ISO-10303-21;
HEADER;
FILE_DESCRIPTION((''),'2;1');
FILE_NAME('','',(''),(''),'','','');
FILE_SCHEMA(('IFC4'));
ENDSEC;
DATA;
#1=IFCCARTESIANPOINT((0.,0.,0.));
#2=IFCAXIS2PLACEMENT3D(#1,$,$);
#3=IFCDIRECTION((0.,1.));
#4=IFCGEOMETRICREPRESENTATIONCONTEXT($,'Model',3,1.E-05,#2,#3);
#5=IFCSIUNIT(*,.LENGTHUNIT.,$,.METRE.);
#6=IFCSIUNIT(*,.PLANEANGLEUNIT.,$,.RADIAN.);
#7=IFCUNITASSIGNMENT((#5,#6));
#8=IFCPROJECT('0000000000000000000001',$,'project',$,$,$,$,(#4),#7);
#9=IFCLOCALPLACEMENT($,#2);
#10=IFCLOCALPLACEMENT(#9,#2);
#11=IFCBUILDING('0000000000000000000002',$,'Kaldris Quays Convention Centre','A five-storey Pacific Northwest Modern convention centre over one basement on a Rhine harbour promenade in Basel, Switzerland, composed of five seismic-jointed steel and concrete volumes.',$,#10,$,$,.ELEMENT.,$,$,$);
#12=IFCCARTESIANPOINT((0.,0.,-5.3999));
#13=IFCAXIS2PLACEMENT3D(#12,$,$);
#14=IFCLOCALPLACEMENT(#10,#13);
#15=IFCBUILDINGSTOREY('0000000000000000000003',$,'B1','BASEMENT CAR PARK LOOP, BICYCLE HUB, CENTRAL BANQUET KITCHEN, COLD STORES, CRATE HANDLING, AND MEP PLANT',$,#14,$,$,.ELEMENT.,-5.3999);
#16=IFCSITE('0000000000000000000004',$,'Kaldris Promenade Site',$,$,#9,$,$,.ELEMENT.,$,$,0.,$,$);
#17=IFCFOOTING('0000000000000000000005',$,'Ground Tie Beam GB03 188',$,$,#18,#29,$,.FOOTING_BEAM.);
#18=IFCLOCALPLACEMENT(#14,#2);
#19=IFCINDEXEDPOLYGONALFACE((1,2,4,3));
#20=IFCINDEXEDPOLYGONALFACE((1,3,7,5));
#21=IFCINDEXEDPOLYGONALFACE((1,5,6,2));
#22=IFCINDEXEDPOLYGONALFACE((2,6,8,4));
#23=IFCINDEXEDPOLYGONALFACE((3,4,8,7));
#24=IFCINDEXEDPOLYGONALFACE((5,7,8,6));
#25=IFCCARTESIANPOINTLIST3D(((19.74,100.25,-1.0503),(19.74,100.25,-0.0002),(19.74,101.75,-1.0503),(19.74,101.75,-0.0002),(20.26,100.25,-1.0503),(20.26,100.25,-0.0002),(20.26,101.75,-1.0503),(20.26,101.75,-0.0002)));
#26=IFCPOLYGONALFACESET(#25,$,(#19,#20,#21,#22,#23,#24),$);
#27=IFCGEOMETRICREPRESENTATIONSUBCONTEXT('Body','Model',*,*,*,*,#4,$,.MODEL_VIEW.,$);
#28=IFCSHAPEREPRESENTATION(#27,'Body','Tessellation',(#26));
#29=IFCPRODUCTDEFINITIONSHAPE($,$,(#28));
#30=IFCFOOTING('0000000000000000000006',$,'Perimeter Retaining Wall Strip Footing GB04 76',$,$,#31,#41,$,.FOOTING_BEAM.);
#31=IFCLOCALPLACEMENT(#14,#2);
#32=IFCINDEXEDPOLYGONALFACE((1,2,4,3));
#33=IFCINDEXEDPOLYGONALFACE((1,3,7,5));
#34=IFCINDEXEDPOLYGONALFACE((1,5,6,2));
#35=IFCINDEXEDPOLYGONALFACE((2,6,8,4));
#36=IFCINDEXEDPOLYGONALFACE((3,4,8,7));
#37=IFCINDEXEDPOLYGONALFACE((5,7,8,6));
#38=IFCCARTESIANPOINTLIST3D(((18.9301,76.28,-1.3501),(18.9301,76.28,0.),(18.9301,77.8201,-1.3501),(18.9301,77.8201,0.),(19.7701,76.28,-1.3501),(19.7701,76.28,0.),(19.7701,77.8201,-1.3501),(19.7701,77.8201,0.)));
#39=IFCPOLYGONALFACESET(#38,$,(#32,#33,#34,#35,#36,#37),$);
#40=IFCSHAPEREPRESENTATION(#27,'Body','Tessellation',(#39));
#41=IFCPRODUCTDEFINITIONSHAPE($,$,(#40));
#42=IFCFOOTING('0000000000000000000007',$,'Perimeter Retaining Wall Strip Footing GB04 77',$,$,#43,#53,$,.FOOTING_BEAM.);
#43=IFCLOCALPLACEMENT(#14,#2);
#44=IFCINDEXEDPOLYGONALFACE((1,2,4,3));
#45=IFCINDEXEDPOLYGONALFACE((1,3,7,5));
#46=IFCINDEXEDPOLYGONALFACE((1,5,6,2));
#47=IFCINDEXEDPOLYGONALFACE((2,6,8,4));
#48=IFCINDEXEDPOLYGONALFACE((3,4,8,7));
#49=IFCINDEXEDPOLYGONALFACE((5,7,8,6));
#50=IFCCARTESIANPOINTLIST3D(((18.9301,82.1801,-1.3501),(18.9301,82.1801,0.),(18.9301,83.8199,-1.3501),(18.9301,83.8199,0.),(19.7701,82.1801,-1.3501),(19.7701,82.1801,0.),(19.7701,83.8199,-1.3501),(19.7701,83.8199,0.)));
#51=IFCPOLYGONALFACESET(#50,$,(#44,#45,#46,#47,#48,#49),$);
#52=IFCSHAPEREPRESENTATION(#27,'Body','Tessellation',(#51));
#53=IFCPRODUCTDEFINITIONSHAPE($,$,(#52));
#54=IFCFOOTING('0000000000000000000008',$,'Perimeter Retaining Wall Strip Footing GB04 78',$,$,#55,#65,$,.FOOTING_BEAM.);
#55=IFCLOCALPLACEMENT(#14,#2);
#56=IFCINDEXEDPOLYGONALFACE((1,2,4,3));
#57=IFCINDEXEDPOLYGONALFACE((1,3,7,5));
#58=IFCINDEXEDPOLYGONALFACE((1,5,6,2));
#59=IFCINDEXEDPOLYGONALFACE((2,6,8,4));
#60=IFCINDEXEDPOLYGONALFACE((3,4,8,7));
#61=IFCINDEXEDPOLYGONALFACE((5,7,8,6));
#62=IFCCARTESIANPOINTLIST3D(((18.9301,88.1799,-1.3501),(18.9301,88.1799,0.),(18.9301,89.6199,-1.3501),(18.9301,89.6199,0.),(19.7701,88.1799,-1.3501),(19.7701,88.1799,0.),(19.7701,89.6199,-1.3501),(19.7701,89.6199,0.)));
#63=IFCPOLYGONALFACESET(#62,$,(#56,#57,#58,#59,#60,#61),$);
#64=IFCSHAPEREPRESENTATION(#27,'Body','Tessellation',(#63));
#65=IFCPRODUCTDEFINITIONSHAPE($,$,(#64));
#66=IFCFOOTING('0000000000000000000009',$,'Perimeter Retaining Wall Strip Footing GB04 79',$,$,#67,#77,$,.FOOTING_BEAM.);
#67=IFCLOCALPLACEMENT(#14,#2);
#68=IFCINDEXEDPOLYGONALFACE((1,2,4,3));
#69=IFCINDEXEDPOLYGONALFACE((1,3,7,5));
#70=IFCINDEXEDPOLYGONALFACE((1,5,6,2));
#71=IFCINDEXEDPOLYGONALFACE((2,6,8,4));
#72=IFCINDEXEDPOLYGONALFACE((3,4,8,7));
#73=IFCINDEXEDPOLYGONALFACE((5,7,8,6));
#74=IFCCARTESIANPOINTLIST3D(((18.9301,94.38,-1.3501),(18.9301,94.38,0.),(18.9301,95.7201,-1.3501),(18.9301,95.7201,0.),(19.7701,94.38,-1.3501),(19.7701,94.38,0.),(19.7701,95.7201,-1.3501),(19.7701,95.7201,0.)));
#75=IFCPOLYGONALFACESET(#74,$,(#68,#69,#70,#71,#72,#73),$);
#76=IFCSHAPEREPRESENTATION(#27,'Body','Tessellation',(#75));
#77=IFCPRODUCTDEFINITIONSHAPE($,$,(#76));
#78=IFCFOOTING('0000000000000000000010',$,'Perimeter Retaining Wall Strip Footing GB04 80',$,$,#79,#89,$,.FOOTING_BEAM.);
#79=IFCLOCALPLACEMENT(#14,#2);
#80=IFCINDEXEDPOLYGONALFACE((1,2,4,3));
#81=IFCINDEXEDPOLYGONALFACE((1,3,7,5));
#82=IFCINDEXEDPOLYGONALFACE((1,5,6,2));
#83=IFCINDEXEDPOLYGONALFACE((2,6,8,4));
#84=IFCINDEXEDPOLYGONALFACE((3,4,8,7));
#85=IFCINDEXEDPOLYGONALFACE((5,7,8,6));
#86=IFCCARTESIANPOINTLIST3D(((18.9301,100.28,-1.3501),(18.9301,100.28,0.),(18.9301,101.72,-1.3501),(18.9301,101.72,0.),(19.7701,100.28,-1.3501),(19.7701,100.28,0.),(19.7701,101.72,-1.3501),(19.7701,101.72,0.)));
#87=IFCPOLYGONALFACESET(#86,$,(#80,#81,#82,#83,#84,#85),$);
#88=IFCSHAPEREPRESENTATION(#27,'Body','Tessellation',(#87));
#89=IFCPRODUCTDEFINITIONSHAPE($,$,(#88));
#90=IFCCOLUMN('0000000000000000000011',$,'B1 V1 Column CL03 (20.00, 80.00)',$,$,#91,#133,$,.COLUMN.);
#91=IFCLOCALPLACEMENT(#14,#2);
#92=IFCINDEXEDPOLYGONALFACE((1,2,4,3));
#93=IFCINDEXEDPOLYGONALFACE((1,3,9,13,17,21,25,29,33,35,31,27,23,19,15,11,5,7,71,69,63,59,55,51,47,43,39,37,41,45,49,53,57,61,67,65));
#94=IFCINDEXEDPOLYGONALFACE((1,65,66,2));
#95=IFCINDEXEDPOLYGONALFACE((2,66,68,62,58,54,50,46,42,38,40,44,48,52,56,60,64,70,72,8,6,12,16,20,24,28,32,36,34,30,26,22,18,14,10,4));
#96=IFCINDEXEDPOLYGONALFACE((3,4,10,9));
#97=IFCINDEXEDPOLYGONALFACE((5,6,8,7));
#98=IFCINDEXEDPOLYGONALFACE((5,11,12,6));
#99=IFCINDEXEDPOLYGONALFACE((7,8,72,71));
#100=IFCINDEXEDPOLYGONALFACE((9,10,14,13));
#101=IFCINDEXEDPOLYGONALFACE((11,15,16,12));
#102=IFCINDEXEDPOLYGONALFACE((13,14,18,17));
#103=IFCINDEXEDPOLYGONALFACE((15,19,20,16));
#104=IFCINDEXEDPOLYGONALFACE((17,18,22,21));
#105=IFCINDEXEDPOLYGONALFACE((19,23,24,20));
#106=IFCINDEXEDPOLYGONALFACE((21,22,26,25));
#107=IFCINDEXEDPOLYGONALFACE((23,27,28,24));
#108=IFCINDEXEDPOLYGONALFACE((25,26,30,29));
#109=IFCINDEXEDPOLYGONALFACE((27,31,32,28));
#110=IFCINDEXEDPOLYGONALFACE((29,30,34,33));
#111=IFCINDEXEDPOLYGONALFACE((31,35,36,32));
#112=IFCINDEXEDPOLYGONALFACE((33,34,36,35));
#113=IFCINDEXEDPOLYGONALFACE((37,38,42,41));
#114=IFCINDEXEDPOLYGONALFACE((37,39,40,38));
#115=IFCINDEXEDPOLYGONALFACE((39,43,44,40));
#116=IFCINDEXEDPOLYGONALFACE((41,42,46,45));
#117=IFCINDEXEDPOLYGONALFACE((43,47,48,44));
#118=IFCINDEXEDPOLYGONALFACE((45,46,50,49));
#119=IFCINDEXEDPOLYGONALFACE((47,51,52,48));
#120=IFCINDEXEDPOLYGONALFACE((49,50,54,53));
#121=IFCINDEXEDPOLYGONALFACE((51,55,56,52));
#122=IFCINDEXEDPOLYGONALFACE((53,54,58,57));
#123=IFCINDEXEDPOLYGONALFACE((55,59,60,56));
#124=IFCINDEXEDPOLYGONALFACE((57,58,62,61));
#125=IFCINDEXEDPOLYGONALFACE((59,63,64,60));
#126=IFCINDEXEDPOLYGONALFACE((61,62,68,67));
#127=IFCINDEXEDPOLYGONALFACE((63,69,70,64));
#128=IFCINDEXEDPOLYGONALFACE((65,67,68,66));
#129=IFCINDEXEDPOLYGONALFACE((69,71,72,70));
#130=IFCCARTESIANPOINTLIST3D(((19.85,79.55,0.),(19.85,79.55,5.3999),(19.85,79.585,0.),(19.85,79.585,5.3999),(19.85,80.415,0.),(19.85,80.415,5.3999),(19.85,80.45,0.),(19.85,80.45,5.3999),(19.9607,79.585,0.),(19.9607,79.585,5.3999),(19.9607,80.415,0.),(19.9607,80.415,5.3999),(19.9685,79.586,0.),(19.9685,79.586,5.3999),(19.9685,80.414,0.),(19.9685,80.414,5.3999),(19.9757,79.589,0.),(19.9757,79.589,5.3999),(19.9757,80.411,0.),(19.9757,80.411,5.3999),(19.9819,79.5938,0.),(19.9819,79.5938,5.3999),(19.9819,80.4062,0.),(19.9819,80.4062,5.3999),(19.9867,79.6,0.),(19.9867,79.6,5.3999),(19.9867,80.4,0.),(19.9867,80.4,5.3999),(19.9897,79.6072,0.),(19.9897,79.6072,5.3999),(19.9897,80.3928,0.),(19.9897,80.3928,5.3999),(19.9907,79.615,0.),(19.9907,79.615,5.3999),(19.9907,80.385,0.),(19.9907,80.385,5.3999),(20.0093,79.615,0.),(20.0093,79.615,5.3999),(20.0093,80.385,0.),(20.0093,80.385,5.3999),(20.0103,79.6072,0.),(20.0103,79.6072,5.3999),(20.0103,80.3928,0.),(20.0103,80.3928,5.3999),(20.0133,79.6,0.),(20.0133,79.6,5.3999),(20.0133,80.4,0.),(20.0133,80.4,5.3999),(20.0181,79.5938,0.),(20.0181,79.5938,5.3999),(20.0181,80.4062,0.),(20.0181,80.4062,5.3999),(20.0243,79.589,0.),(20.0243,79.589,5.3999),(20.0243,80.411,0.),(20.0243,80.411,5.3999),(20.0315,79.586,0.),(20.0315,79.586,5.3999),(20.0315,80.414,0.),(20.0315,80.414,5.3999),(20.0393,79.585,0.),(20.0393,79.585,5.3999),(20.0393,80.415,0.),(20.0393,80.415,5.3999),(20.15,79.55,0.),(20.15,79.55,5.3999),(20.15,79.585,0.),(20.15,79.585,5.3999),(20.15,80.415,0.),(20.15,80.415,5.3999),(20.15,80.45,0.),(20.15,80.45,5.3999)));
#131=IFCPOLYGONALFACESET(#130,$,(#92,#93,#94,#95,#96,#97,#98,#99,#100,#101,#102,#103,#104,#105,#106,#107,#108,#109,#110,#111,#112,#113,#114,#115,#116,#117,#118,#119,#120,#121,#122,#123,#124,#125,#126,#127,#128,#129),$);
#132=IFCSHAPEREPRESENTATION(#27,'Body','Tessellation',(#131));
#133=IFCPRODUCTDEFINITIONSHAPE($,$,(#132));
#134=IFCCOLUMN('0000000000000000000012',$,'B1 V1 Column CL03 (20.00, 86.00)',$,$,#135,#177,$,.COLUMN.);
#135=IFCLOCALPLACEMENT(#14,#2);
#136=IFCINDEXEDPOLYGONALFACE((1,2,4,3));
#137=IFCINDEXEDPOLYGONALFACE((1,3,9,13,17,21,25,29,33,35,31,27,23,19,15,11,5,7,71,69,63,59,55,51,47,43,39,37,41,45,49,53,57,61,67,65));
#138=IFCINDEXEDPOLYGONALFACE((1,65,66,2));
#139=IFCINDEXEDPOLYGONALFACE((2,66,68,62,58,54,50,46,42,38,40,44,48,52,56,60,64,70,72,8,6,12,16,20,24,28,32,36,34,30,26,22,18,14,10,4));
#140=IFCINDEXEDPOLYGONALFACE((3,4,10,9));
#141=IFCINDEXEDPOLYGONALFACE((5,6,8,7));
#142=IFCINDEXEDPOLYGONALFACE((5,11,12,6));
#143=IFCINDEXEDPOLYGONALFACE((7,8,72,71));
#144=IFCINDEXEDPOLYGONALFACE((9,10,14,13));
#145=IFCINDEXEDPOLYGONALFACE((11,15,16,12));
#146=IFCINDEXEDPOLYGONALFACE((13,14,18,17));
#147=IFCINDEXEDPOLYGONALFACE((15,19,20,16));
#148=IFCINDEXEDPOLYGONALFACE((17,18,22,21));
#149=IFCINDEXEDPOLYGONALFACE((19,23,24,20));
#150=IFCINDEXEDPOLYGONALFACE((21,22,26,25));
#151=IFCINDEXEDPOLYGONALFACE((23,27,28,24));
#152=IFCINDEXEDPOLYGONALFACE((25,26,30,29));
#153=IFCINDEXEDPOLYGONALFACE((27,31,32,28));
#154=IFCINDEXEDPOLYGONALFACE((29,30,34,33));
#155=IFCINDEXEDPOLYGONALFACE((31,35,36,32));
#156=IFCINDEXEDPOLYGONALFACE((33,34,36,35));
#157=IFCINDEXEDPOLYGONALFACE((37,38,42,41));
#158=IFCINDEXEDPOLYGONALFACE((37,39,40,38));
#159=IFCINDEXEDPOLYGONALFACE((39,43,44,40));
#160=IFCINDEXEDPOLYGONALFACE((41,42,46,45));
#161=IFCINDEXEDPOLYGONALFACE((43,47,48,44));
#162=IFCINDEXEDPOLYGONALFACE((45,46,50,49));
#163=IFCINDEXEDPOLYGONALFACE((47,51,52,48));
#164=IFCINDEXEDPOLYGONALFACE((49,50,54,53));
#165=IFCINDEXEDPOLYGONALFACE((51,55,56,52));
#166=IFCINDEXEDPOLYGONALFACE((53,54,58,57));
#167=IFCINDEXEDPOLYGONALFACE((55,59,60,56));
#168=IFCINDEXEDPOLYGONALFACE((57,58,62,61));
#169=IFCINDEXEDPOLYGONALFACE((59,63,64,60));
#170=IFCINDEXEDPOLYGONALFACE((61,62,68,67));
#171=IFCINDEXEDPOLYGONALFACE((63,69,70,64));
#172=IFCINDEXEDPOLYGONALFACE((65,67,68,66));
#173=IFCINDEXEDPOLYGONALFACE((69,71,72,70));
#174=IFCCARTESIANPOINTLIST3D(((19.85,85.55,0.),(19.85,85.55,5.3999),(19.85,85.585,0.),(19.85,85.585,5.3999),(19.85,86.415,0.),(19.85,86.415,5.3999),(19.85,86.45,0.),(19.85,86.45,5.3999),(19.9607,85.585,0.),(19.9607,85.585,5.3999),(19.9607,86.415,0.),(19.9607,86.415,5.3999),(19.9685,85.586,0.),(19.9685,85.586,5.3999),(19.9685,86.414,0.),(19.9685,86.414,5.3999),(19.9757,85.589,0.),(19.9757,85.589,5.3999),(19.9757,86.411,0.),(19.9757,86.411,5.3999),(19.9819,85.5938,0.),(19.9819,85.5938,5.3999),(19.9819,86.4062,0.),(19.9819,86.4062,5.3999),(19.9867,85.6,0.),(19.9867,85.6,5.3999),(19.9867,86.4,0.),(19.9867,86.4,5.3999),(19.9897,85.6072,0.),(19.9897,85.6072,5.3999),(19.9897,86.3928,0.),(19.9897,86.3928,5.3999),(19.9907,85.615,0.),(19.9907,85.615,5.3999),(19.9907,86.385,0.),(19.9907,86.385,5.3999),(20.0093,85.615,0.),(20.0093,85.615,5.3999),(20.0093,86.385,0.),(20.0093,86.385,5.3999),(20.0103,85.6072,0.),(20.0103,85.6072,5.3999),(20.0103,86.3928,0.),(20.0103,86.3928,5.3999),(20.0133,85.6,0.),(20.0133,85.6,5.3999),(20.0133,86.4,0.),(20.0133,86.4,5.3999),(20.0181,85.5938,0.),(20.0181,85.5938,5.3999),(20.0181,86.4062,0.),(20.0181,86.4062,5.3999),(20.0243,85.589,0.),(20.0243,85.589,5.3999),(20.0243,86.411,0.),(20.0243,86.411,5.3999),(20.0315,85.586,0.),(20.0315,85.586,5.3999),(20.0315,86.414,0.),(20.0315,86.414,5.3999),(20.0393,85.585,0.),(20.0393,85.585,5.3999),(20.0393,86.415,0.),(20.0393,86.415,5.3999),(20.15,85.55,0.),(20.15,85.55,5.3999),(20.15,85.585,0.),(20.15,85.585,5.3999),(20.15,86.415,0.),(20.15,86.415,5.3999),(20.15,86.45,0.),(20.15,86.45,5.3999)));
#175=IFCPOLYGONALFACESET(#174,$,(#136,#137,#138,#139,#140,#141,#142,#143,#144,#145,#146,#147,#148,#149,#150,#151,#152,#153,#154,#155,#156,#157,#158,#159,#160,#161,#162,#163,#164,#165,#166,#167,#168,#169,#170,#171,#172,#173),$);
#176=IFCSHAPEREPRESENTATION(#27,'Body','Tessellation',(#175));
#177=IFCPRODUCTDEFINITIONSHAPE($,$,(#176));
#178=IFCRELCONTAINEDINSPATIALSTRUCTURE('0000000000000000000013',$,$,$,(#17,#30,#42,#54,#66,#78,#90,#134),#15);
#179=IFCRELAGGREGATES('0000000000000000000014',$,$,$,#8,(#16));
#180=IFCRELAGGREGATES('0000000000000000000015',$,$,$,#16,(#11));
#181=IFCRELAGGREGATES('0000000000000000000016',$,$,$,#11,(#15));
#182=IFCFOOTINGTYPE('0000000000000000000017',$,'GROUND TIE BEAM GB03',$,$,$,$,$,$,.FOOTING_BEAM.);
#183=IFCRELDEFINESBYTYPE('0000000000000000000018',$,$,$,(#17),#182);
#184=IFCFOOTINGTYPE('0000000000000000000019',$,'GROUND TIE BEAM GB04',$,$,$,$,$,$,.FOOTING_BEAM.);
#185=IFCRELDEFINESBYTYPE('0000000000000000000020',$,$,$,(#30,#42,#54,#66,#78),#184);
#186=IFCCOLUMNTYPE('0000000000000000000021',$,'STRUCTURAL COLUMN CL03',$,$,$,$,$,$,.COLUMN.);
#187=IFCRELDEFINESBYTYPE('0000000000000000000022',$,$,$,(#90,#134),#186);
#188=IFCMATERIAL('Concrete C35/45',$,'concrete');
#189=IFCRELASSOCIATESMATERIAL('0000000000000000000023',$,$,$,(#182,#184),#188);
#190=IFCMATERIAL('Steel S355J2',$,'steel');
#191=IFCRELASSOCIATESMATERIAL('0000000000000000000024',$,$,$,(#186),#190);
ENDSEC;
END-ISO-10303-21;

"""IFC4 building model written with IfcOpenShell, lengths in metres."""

from ifc_helpers import new_model, si_unit, direction, frame, origin, origin_2d, place, context, subcontext, project, spatial, rectangle, i_section, extrude, material, material_profile, profile_set, type_object, element, save


model = new_model("IFC4")

# Units and contexts
model_context = context("Model", 3, precision=1e-05, world=origin(), true_north=direction((0.0, 1.0)))
body_context = subcontext(model_context, "Body", "Model", "MODEL_VIEW")
ifc_project = project(units=[si_unit("LENGTHUNIT", "METRE"), si_unit("PLANEANGLEUNIT", "RADIAN")], contexts=[model_context])

# Site, building, storey
site_placement = place(None, origin())
site = spatial("IfcSite", under=ifc_project, at=site_placement, Name="Kaldris Promenade Site", CompositionType="ELEMENT", RefElevation=0.0)
building_placement = place(site_placement, origin())
building = spatial("IfcBuilding", under=site, at=building_placement, Name="Kaldris Quays Convention Centre", Description="A five-storey Pacific Northwest Modern convention centre over one basement on a Rhine harbour promenade in Basel, Switzerland, composed of five seismic-jointed steel and concrete volumes.", CompositionType="ELEMENT")
storey_placement = place(building_placement, frame((0.0, 0.0, -5.3999)))
storey = spatial("IfcBuildingStorey", under=building, at=storey_placement, Name="B1", Description="BASEMENT CAR PARK LOOP, BICYCLE HUB, CENTRAL BANQUET KITCHEN, COLD STORES, CRATE HANDLING, AND MEP PLANT", CompositionType="ELEMENT", Elevation=-5.3999)

# Shared definitions
ifc_material_1 = material(Name="Concrete C35/45", Category="concrete")

# Footings
footing_type_1 = type_object("IfcFootingType", Name="GROUND TIE BEAM GB03", PredefinedType="FOOTING_BEAM", material=ifc_material_1)
footing_1_placement = place(storey_placement, frame((20.0, 101.0, -1.0503), z_axis=(0.0, 0.0, 1.0), x_axis=(1.0, 0.0, 0.0)))
element("IfcFooting", 1, at=footing_1_placement, inside=storey, type_object=footing_type_1, Name="Ground Tie Beam GB03 188", PredefinedType="FOOTING_BEAM", context=body_context, shape_type="SweptSolid", body=[
    extrude(rectangle(XDim=0.52, YDim=1.5, at=origin_2d()), origin(), (0.0, 0.0, 1.0), 1.05),
])
footing_type_2 = type_object("IfcFootingType", Name="GROUND TIE BEAM GB04", PredefinedType="FOOTING_BEAM", material=ifc_material_1)
footing_2_placement = place(storey_placement, frame((19.3501, 77.05, -1.3501), z_axis=(0.0, 0.0, 1.0), x_axis=(1.0, 0.0, 0.0)))
element("IfcFooting", 2, at=footing_2_placement, inside=storey, type_object=footing_type_2, Name="Perimeter Retaining Wall Strip Footing GB04 76", PredefinedType="FOOTING_BEAM", context=body_context, shape_type="SweptSolid", body=[
    extrude(rectangle(XDim=0.8401, YDim=1.54, at=origin_2d()), origin(), (0.0, 0.0, 1.0), 1.3501),
])
footing_3_placement = place(storey_placement, frame((19.3501, 83.0, -1.3501), z_axis=(0.0, 0.0, 1.0), x_axis=(1.0, 0.0, 0.0)))
element("IfcFooting", 3, at=footing_3_placement, inside=storey, type_object=footing_type_2, Name="Perimeter Retaining Wall Strip Footing GB04 77", PredefinedType="FOOTING_BEAM", context=body_context, shape_type="SweptSolid", body=[
    extrude(rectangle(XDim=0.8401, YDim=1.6399, at=origin_2d()), origin(), (0.0, 0.0, 1.0), 1.3501),
])
footing_4_placement = place(storey_placement, frame((19.3501, 88.8999, -1.3501), z_axis=(0.0, 0.0, 1.0), x_axis=(1.0, 0.0, 0.0)))
element("IfcFooting", 4, at=footing_4_placement, inside=storey, type_object=footing_type_2, Name="Perimeter Retaining Wall Strip Footing GB04 78", PredefinedType="FOOTING_BEAM", context=body_context, shape_type="SweptSolid", body=[
    extrude(rectangle(XDim=0.8401, YDim=1.4399, at=origin_2d()), origin(), (0.0, 0.0, 1.0), 1.3501),
])
footing_5_placement = place(storey_placement, frame((19.3501, 95.05, -1.3501), z_axis=(0.0, 0.0, 1.0), x_axis=(1.0, 0.0, 0.0)))
element("IfcFooting", 5, at=footing_5_placement, inside=storey, type_object=footing_type_2, Name="Perimeter Retaining Wall Strip Footing GB04 79", PredefinedType="FOOTING_BEAM", context=body_context, shape_type="SweptSolid", body=[
    extrude(rectangle(XDim=0.8401, YDim=1.3401, at=origin_2d()), origin(), (0.0, 0.0, 1.0), 1.3501),
])
footing_6_placement = place(storey_placement, frame((19.3501, 101.0, -1.3501), z_axis=(0.0, 0.0, 1.0), x_axis=(1.0, 0.0, 0.0)))
element("IfcFooting", 6, at=footing_6_placement, inside=storey, type_object=footing_type_2, Name="Perimeter Retaining Wall Strip Footing GB04 80", PredefinedType="FOOTING_BEAM", context=body_context, shape_type="SweptSolid", body=[
    extrude(rectangle(XDim=0.8401, YDim=1.4399, at=origin_2d()), origin(), (0.0, 0.0, 1.0), 1.3501),
])

# Columns
ifc_material_2 = material(Name="Steel S355J2", Category="steel")
ifc_material_profile_1 = material_profile(ifc_material_2, i_section(OverallWidth=0.3, OverallDepth=0.8999, WebThickness=0.0186, FlangeThickness=0.0349, FilletRadius=0.03, at=origin_2d()), Name="HEB 900")
ifc_profile_set_1 = profile_set([ifc_material_profile_1], Name="Steel S355J2")
column_type = type_object("IfcColumnType", Name="STRUCTURAL COLUMN CL03", PredefinedType="COLUMN", material=ifc_profile_set_1)
for number, where, z_axis, x_axis, name in (
    (7, (20.0, 80.0, 0.0), (0.0, 0.0, 1.0), (1.0, 0.0, 0.0), "B1 V1 Column CL03 (20.00, 80.00)"),
    (8, (20.0, 86.0, 0.0), (0.0, 0.0, 1.0), (1.0, 0.0, 0.0), "B1 V1 Column CL03 (20.00, 86.00)"),
):
    element("IfcColumn", number, at=place(storey_placement, frame(where, z_axis=z_axis, x_axis=x_axis)), inside=storey, type_object=column_type, Name=name, PredefinedType="COLUMN", context=body_context, shape_type="SweptSolid", body=[
        extrude(i_section(OverallWidth=0.3, OverallDepth=0.8999, WebThickness=0.0186, FlangeThickness=0.0349, FilletRadius=0.03, at=origin_2d()), origin(), (0.0, 0.0, 1.0), 5.3999),
    ])

save(model, "model.ifc")
